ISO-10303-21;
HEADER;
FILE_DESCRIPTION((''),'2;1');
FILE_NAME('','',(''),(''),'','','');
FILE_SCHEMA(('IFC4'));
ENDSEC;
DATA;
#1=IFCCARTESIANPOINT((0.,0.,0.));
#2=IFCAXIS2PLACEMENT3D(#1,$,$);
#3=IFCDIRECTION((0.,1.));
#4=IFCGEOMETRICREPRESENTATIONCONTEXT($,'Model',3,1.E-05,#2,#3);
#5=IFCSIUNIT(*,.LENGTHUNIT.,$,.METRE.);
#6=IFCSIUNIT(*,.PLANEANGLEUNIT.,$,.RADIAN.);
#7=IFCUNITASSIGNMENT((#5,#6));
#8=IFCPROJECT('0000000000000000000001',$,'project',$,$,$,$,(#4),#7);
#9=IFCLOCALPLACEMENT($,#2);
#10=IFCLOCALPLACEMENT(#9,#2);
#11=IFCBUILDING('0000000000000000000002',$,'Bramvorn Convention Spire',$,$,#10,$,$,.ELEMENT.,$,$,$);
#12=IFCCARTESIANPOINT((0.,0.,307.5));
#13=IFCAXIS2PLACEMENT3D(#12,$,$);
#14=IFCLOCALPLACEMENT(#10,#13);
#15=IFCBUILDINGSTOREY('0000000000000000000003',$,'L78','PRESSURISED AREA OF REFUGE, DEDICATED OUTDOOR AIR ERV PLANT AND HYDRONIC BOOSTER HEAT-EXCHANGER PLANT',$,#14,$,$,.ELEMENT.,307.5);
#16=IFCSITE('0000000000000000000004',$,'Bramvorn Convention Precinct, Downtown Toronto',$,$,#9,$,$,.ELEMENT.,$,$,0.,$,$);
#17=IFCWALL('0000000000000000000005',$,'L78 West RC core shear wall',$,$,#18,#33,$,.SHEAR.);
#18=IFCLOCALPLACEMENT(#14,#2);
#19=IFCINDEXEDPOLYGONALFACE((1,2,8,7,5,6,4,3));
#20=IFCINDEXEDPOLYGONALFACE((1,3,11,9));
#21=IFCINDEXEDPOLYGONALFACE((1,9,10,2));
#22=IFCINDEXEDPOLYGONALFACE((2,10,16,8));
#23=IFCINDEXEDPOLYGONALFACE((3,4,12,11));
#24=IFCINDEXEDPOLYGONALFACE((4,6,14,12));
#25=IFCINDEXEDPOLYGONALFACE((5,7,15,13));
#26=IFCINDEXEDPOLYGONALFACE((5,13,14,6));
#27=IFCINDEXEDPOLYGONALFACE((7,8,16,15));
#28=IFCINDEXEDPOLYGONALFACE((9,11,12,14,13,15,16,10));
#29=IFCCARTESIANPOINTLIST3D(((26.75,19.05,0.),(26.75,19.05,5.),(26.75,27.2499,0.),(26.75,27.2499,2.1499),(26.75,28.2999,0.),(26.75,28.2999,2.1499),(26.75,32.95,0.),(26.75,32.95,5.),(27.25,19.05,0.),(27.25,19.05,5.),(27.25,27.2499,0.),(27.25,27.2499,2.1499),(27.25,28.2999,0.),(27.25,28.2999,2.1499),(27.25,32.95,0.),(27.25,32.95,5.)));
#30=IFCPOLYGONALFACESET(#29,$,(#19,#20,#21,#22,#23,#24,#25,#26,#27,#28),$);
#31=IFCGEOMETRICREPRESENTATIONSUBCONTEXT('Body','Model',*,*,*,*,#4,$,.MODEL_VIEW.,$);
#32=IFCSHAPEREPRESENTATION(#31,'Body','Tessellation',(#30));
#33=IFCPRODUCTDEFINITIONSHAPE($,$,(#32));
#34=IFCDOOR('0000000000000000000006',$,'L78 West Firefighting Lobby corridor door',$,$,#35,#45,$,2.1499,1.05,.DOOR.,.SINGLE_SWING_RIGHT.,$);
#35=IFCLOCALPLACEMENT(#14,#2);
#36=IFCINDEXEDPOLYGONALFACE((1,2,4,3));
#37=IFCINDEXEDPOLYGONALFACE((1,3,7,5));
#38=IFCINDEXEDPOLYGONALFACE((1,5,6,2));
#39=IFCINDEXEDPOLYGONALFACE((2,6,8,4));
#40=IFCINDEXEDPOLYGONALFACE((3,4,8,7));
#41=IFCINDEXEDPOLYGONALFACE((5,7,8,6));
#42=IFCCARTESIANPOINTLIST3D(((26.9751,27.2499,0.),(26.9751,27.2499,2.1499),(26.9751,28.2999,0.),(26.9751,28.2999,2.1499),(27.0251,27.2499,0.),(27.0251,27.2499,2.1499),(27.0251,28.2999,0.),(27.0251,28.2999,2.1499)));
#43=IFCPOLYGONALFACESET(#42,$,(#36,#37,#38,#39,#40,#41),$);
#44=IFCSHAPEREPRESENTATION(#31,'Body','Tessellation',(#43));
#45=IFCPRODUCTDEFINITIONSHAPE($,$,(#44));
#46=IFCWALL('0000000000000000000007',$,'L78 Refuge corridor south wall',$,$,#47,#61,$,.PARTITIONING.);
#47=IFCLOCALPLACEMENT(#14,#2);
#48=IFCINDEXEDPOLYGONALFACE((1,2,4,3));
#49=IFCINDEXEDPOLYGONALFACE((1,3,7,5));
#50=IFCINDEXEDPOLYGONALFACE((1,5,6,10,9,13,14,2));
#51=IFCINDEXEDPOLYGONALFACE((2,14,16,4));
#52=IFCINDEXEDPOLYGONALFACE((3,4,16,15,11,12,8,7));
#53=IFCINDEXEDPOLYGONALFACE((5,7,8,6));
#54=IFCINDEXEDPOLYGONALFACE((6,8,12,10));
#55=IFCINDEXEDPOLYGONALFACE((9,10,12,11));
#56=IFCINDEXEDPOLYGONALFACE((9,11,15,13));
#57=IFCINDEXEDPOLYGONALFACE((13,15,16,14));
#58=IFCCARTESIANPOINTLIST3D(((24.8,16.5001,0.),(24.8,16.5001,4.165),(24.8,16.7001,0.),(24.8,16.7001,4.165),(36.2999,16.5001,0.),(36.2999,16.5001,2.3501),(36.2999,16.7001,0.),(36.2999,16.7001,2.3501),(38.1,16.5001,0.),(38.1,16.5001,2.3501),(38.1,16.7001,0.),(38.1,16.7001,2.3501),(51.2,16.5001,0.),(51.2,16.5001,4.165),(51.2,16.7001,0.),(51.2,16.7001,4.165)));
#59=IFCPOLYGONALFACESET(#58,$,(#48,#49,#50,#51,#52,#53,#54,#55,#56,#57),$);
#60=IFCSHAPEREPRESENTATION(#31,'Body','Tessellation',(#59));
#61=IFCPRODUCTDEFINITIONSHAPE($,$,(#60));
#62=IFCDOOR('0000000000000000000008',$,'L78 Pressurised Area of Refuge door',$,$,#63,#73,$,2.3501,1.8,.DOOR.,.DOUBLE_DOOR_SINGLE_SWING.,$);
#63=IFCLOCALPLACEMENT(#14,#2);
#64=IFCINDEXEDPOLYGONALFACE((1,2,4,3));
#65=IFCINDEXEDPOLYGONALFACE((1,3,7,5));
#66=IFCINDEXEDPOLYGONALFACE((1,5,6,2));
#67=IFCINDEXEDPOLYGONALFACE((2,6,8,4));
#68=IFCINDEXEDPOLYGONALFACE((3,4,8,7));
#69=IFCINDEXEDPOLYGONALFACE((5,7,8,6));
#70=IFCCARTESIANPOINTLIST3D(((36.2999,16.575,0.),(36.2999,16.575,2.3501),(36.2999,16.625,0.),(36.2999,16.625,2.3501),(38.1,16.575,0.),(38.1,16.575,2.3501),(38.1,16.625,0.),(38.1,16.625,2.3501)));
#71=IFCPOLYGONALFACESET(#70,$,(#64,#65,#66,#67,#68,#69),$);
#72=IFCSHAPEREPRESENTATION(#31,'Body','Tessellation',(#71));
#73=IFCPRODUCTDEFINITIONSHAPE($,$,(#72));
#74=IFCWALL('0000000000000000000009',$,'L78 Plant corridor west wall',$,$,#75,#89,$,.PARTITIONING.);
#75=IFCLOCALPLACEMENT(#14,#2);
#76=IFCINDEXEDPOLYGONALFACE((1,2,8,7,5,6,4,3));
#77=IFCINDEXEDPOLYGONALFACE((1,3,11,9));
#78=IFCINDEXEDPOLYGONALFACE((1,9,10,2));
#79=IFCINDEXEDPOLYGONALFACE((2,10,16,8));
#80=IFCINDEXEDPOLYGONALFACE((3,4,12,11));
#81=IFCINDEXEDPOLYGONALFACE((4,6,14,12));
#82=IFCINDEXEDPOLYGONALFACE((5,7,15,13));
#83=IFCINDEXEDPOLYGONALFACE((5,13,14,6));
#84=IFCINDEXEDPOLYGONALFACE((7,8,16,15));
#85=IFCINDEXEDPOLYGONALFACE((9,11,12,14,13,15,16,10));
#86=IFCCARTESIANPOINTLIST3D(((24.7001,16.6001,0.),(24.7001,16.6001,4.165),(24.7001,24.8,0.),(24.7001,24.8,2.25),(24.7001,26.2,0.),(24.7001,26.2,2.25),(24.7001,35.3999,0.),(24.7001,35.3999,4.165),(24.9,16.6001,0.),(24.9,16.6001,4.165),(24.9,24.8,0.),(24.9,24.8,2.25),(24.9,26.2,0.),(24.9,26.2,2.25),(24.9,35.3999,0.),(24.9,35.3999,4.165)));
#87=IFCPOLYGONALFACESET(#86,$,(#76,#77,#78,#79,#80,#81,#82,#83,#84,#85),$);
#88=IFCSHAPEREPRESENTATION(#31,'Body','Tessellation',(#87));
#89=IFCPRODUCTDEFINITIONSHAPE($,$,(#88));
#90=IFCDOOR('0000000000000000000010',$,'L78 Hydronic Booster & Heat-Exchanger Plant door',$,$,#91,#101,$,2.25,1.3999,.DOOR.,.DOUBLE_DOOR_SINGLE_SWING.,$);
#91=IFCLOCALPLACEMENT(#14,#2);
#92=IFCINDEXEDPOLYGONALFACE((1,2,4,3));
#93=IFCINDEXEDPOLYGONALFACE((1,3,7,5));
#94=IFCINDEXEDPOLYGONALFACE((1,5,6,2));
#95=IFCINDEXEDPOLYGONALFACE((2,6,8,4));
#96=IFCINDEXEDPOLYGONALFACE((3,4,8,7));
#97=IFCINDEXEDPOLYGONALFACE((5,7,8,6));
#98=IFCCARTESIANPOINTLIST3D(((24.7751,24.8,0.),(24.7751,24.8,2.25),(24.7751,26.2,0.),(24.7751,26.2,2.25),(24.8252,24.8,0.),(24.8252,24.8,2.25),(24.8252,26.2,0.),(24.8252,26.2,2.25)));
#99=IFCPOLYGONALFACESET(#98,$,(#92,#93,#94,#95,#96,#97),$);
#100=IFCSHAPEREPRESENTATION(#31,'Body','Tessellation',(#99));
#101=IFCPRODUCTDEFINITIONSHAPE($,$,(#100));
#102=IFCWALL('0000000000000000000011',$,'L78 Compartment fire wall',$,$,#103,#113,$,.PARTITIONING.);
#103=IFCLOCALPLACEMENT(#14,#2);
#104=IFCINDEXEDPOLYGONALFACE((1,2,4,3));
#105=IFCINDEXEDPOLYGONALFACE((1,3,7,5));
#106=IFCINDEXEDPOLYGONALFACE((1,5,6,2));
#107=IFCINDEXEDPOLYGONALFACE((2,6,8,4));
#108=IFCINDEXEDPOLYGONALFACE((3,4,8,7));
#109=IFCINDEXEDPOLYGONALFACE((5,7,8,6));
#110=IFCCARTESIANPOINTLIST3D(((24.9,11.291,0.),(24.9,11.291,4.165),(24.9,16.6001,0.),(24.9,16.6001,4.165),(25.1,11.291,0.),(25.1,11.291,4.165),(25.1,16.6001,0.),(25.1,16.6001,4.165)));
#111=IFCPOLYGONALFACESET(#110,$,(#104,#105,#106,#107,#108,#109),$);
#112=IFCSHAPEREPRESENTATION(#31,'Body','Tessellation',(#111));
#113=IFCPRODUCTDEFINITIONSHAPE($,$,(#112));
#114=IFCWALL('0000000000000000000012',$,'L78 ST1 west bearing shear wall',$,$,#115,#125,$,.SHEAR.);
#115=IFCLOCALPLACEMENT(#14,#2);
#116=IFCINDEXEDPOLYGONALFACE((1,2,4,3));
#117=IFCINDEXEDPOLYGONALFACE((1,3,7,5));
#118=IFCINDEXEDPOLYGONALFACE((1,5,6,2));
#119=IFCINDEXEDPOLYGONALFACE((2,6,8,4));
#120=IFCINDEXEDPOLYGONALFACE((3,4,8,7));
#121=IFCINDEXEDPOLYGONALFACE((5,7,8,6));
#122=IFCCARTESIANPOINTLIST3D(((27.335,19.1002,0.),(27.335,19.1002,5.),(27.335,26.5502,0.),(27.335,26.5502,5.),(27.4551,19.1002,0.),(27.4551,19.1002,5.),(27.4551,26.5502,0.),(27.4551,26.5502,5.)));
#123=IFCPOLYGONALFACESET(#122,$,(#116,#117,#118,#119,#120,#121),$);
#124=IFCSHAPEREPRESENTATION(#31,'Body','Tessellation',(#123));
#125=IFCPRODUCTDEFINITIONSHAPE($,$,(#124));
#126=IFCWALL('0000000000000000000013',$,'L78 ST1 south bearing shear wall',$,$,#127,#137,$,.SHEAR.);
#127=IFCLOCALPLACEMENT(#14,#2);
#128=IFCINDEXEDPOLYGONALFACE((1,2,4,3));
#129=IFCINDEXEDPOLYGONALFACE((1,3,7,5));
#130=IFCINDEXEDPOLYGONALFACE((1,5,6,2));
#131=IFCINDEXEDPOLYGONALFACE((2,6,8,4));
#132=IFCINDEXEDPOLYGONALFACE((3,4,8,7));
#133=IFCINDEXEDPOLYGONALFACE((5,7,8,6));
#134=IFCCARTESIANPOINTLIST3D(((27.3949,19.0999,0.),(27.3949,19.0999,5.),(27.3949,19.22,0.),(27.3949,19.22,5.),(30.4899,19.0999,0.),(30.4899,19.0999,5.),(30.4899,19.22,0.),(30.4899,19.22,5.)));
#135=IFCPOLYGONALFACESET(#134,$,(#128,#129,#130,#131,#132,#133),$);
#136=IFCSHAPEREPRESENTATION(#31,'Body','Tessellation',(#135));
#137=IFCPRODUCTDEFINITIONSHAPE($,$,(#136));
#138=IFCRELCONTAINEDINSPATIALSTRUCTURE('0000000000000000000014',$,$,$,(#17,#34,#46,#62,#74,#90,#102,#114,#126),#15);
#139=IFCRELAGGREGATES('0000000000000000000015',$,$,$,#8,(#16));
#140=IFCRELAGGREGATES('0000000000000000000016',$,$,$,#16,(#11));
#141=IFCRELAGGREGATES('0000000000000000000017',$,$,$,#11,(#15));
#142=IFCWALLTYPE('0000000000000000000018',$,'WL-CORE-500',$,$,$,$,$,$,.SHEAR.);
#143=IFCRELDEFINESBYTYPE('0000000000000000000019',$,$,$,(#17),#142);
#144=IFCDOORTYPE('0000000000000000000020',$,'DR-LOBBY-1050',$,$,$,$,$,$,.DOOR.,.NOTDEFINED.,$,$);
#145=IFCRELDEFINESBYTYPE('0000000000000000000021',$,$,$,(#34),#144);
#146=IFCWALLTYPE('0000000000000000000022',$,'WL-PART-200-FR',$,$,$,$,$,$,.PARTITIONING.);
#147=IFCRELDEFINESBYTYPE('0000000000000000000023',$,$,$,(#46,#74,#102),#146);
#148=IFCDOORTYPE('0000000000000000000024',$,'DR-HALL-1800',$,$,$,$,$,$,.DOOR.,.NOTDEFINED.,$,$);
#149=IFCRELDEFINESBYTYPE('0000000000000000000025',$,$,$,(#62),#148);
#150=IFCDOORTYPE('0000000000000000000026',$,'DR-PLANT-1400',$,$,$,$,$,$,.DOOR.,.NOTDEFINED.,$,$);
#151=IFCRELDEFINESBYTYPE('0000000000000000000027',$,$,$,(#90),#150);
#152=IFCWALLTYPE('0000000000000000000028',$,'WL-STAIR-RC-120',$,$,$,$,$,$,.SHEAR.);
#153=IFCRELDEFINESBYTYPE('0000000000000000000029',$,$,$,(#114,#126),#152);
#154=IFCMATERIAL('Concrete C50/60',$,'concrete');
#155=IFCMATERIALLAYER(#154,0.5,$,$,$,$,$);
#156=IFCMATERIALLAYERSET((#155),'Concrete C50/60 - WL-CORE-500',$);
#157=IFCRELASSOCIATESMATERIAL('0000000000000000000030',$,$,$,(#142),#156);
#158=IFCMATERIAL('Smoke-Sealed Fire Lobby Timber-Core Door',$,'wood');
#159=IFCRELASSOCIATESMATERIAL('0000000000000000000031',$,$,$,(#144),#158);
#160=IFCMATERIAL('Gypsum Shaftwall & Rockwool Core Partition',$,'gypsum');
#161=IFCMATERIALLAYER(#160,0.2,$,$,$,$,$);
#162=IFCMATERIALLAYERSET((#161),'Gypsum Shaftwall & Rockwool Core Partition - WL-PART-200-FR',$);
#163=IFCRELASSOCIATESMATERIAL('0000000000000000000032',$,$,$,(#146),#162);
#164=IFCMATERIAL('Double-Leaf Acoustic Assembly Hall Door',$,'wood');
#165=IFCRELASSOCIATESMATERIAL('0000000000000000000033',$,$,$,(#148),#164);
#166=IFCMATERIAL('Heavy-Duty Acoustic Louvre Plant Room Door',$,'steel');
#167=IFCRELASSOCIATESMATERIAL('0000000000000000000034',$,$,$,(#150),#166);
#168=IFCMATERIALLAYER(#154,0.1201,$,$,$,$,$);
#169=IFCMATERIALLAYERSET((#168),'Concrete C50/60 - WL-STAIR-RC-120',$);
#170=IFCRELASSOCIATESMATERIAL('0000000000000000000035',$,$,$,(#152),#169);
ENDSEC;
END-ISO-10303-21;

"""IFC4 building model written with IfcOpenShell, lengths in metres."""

from ifc_helpers import new_model, si_unit, direction, frame, frame_2d, origin, place, context, subcontext, project, spatial, rectangle, extrude, material, layer, layer_set, type_object, element, fill, save


model = new_model("IFC4")

# Units and contexts
model_context = context("Model", 3, precision=1e-05, world=origin(), true_north=direction((0.0, 1.0)))
body_context = subcontext(model_context, "Body", "Model", "MODEL_VIEW")
ifc_project = project(units=[si_unit("LENGTHUNIT", "METRE"), si_unit("PLANEANGLEUNIT", "RADIAN")], contexts=[model_context])

# Site, building, storey
site_placement = place(None, origin())
site = spatial("IfcSite", under=ifc_project, at=site_placement, Name="Bramvorn Convention Precinct, Downtown Toronto", CompositionType="ELEMENT", RefElevation=0.0)
building_placement = place(site_placement, origin())
building = spatial("IfcBuilding", under=site, at=building_placement, Name="Bramvorn Convention Spire", CompositionType="ELEMENT")
storey_placement = place(building_placement, frame((0.0, 0.0, 307.5)))
storey = spatial("IfcBuildingStorey", under=building, at=storey_placement, Name="L78", Description="PRESSURISED AREA OF REFUGE, DEDICATED OUTDOOR AIR ERV PLANT AND HYDRONIC BOOSTER HEAT-EXCHANGER PLANT", CompositionType="ELEMENT", Elevation=307.5)

# Walls, openings, doors
ifc_material_1 = material(Name="Concrete C50/60", Category="concrete")
ifc_layer_1 = layer(ifc_material_1, 0.5)
ifc_layer_set_1 = layer_set([ifc_layer_1], Name="Concrete C50/60 - WL-CORE-500")
wall_type_1 = type_object("IfcWallType", Name="WL-CORE-500", PredefinedType="SHEAR", material=ifc_layer_set_1)
ifc_material_2 = material(Name="Smoke-Sealed Fire Lobby Timber-Core Door", Category="wood")
door_type_1 = type_object("IfcDoorType", Name="DR-LOBBY-1050", OperationType="NOTDEFINED", PredefinedType="DOOR", material=ifc_material_2)
wall_1_placement = place(storey_placement, frame((27.0, 19.05, 0.0), z_axis=(0.0, 0.0, 1.0), x_axis=(0.0, 1.0, 0.0)))
wall_1 = element("IfcWall", 1, at=wall_1_placement, inside=storey, type_object=wall_type_1, Name="L78 West RC core shear wall", PredefinedType="SHEAR", context=body_context, shape_type="SweptSolid", body=[
    extrude(rectangle(XDim=13.8999, YDim=0.5, at=frame_2d((6.95, 0.0))), origin(), (0.0, 0.0, 1.0), 5.0),
])
opening_1_placement = place(wall_1_placement, frame((8.2, 0.0, 0.0)))
opening_1 = element("IfcOpeningElement", 2, at=opening_1_placement, cuts=wall_1, PredefinedType="OPENING", context=body_context, shape_type="SweptSolid", body=[
    extrude(rectangle(XDim=1.05, YDim=2.1499, at=frame_2d((0.5249, 1.075))), frame((0.0, 0.26, 0.0), z_axis=(0.0, -1.0, 0.0), x_axis=(1.0, 0.0, 0.0)), (0.0, 0.0, 1.0), 0.52),
])
door_1_placement = place(opening_1_placement, origin())
door_1 = element("IfcDoor", 3, at=door_1_placement, inside=storey, type_object=door_type_1, Name="L78 West Firefighting Lobby corridor door", OperationType="SINGLE_SWING_RIGHT", OverallHeight=2.1499, OverallWidth=1.05, PredefinedType="DOOR", context=body_context, shape_type="SweptSolid", body=[
    extrude(rectangle(XDim=1.05, YDim=2.1499, at=frame_2d((0.5249, 1.075))), frame((0.0, 0.0249, 0.0), z_axis=(0.0, -1.0, 0.0), x_axis=(1.0, 0.0, 0.0)), (0.0, 0.0, 1.0), 0.05),
])
fill(opening_1, door_1)
ifc_material_3 = material(Name="Gypsum Shaftwall & Rockwool Core Partition", Category="gypsum")
ifc_layer_2 = layer(ifc_material_3, 0.2)
ifc_layer_set_2 = layer_set([ifc_layer_2], Name="Gypsum Shaftwall & Rockwool Core Partition - WL-PART-200-FR")
wall_type_2 = type_object("IfcWallType", Name="WL-PART-200-FR", PredefinedType="PARTITIONING", material=ifc_layer_set_2)
wall_2_placement = place(storey_placement, frame((24.8, 16.6001, 0.0), z_axis=(0.0, 0.0, 1.0), x_axis=(1.0, 0.0, 0.0)))
wall_2 = element("IfcWall", 4, at=wall_2_placement, inside=storey, type_object=wall_type_2, Name="L78 Refuge corridor south wall", PredefinedType="PARTITIONING", context=body_context, shape_type="SweptSolid", body=[
    extrude(rectangle(XDim=26.3999, YDim=0.2, at=frame_2d((13.2, 0.0))), origin(), (0.0, 0.0, 1.0), 4.165),
])
opening_2_placement = place(wall_2_placement, frame((11.5, 0.0, 0.0)))
opening_2 = element("IfcOpeningElement", 5, at=opening_2_placement, cuts=wall_2, PredefinedType="OPENING", context=body_context, shape_type="SweptSolid", body=[
    extrude(rectangle(XDim=1.8, YDim=2.3501, at=frame_2d((0.8999, 1.175))), frame((0.0, 0.1099, 0.0), z_axis=(0.0, -1.0, 0.0), x_axis=(1.0, 0.0, 0.0)), (0.0, 0.0, 1.0), 0.22),
])
ifc_material_4 = material(Name="Double-Leaf Acoustic Assembly Hall Door", Category="wood")
door_type_2 = type_object("IfcDoorType", Name="DR-HALL-1800", OperationType="NOTDEFINED", PredefinedType="DOOR", material=ifc_material_4)
door_2_placement = place(opening_2_placement, origin())
door_2 = element("IfcDoor", 6, at=door_2_placement, inside=storey, type_object=door_type_2, Name="L78 Pressurised Area of Refuge door", OperationType="DOUBLE_DOOR_SINGLE_SWING", OverallHeight=2.3501, OverallWidth=1.8, PredefinedType="DOOR", context=body_context, shape_type="SweptSolid", body=[
    extrude(rectangle(XDim=1.8, YDim=2.3501, at=frame_2d((0.8999, 1.175))), frame((0.0, 0.0249, 0.0), z_axis=(0.0, -1.0, 0.0), x_axis=(1.0, 0.0, 0.0)), (0.0, 0.0, 1.0), 0.05),
])
fill(opening_2, door_2)
wall_3_placement = place(storey_placement, frame((24.8, 16.6001, 0.0), z_axis=(0.0, 0.0, 1.0), x_axis=(0.0, 1.0, 0.0)))
wall_3 = element("IfcWall", 7, at=wall_3_placement, inside=storey, type_object=wall_type_2, Name="L78 Plant corridor west wall", PredefinedType="PARTITIONING", context=body_context, shape_type="SweptSolid", body=[
    extrude(rectangle(XDim=18.7998, YDim=0.2, at=frame_2d((9.3999, 0.0))), origin(), (0.0, 0.0, 1.0), 4.165),
])
opening_3_placement = place(wall_3_placement, frame((8.2, 0.0, 0.0)))
opening_3 = element("IfcOpeningElement", 8, at=opening_3_placement, cuts=wall_3, PredefinedType="OPENING", context=body_context, shape_type="SweptSolid", body=[
    extrude(rectangle(XDim=1.3999, YDim=2.25, at=frame_2d((0.7, 1.125))), frame((0.0, 0.1099, 0.0), z_axis=(0.0, -1.0, 0.0), x_axis=(1.0, 0.0, 0.0)), (0.0, 0.0, 1.0), 0.22),
])
ifc_material_5 = material(Name="Heavy-Duty Acoustic Louvre Plant Room Door", Category="steel")
door_type_3 = type_object("IfcDoorType", Name="DR-PLANT-1400", OperationType="NOTDEFINED", PredefinedType="DOOR", material=ifc_material_5)
door_3_placement = place(opening_3_placement, origin())
door_3 = element("IfcDoor", 9, at=door_3_placement, inside=storey, type_object=door_type_3, Name="L78 Hydronic Booster & Heat-Exchanger Plant door", OperationType="DOUBLE_DOOR_SINGLE_SWING", OverallHeight=2.25, OverallWidth=1.3999, PredefinedType="DOOR", context=body_context, shape_type="SweptSolid", body=[
    extrude(rectangle(XDim=1.3999, YDim=2.25, at=frame_2d((0.7, 1.125))), frame((0.0, 0.0249, 0.0), z_axis=(0.0, -1.0, 0.0), x_axis=(1.0, 0.0, 0.0)), (0.0, 0.0, 1.0), 0.05),
])
fill(opening_3, door_3)

# Walls
wall_4_placement = place(storey_placement, frame((25.0, 11.291, 0.0), z_axis=(0.0, 0.0, 1.0), x_axis=(0.0, 1.0, 0.0)))
element("IfcWall", 10, at=wall_4_placement, inside=storey, type_object=wall_type_2, Name="L78 Compartment fire wall", PredefinedType="PARTITIONING", context=body_context, shape_type="SweptSolid", body=[
    extrude(rectangle(XDim=5.3091, YDim=0.2, at=frame_2d((2.6545, 0.0))), origin(), (0.0, 0.0, 1.0), 4.165),
])
ifc_layer_3 = layer(ifc_material_1, 0.1201)
ifc_layer_set_3 = layer_set([ifc_layer_3], Name="Concrete C50/60 - WL-STAIR-RC-120")
wall_type_3 = type_object("IfcWallType", Name="WL-STAIR-RC-120", PredefinedType="SHEAR", material=ifc_layer_set_3)
wall_5_placement = place(storey_placement, frame((27.395, 19.1001, 0.0), z_axis=(0.0, 0.0, 1.0), x_axis=(0.0, 1.0, 0.0)))
element("IfcWall", 11, at=wall_5_placement, inside=storey, type_object=wall_type_3, Name="L78 ST1 west bearing shear wall", PredefinedType="SHEAR", context=body_context, shape_type="SweptSolid", body=[
    extrude(rectangle(XDim=7.45, YDim=0.1201, at=frame_2d((3.7251, 0.0))), origin(), (0.0, 0.0, 1.0), 5.0),
])
wall_6_placement = place(storey_placement, frame((27.395, 19.1599, 0.0), z_axis=(0.0, 0.0, 1.0), x_axis=(1.0, 0.0, 0.0)))
element("IfcWall", 12, at=wall_6_placement, inside=storey, type_object=wall_type_3, Name="L78 ST1 south bearing shear wall", PredefinedType="SHEAR", context=body_context, shape_type="SweptSolid", body=[
    extrude(rectangle(XDim=3.095, YDim=0.1201, at=frame_2d((1.5474, 0.0))), origin(), (0.0, 0.0, 1.0), 5.0),
])

save(model, "model.ifc")
